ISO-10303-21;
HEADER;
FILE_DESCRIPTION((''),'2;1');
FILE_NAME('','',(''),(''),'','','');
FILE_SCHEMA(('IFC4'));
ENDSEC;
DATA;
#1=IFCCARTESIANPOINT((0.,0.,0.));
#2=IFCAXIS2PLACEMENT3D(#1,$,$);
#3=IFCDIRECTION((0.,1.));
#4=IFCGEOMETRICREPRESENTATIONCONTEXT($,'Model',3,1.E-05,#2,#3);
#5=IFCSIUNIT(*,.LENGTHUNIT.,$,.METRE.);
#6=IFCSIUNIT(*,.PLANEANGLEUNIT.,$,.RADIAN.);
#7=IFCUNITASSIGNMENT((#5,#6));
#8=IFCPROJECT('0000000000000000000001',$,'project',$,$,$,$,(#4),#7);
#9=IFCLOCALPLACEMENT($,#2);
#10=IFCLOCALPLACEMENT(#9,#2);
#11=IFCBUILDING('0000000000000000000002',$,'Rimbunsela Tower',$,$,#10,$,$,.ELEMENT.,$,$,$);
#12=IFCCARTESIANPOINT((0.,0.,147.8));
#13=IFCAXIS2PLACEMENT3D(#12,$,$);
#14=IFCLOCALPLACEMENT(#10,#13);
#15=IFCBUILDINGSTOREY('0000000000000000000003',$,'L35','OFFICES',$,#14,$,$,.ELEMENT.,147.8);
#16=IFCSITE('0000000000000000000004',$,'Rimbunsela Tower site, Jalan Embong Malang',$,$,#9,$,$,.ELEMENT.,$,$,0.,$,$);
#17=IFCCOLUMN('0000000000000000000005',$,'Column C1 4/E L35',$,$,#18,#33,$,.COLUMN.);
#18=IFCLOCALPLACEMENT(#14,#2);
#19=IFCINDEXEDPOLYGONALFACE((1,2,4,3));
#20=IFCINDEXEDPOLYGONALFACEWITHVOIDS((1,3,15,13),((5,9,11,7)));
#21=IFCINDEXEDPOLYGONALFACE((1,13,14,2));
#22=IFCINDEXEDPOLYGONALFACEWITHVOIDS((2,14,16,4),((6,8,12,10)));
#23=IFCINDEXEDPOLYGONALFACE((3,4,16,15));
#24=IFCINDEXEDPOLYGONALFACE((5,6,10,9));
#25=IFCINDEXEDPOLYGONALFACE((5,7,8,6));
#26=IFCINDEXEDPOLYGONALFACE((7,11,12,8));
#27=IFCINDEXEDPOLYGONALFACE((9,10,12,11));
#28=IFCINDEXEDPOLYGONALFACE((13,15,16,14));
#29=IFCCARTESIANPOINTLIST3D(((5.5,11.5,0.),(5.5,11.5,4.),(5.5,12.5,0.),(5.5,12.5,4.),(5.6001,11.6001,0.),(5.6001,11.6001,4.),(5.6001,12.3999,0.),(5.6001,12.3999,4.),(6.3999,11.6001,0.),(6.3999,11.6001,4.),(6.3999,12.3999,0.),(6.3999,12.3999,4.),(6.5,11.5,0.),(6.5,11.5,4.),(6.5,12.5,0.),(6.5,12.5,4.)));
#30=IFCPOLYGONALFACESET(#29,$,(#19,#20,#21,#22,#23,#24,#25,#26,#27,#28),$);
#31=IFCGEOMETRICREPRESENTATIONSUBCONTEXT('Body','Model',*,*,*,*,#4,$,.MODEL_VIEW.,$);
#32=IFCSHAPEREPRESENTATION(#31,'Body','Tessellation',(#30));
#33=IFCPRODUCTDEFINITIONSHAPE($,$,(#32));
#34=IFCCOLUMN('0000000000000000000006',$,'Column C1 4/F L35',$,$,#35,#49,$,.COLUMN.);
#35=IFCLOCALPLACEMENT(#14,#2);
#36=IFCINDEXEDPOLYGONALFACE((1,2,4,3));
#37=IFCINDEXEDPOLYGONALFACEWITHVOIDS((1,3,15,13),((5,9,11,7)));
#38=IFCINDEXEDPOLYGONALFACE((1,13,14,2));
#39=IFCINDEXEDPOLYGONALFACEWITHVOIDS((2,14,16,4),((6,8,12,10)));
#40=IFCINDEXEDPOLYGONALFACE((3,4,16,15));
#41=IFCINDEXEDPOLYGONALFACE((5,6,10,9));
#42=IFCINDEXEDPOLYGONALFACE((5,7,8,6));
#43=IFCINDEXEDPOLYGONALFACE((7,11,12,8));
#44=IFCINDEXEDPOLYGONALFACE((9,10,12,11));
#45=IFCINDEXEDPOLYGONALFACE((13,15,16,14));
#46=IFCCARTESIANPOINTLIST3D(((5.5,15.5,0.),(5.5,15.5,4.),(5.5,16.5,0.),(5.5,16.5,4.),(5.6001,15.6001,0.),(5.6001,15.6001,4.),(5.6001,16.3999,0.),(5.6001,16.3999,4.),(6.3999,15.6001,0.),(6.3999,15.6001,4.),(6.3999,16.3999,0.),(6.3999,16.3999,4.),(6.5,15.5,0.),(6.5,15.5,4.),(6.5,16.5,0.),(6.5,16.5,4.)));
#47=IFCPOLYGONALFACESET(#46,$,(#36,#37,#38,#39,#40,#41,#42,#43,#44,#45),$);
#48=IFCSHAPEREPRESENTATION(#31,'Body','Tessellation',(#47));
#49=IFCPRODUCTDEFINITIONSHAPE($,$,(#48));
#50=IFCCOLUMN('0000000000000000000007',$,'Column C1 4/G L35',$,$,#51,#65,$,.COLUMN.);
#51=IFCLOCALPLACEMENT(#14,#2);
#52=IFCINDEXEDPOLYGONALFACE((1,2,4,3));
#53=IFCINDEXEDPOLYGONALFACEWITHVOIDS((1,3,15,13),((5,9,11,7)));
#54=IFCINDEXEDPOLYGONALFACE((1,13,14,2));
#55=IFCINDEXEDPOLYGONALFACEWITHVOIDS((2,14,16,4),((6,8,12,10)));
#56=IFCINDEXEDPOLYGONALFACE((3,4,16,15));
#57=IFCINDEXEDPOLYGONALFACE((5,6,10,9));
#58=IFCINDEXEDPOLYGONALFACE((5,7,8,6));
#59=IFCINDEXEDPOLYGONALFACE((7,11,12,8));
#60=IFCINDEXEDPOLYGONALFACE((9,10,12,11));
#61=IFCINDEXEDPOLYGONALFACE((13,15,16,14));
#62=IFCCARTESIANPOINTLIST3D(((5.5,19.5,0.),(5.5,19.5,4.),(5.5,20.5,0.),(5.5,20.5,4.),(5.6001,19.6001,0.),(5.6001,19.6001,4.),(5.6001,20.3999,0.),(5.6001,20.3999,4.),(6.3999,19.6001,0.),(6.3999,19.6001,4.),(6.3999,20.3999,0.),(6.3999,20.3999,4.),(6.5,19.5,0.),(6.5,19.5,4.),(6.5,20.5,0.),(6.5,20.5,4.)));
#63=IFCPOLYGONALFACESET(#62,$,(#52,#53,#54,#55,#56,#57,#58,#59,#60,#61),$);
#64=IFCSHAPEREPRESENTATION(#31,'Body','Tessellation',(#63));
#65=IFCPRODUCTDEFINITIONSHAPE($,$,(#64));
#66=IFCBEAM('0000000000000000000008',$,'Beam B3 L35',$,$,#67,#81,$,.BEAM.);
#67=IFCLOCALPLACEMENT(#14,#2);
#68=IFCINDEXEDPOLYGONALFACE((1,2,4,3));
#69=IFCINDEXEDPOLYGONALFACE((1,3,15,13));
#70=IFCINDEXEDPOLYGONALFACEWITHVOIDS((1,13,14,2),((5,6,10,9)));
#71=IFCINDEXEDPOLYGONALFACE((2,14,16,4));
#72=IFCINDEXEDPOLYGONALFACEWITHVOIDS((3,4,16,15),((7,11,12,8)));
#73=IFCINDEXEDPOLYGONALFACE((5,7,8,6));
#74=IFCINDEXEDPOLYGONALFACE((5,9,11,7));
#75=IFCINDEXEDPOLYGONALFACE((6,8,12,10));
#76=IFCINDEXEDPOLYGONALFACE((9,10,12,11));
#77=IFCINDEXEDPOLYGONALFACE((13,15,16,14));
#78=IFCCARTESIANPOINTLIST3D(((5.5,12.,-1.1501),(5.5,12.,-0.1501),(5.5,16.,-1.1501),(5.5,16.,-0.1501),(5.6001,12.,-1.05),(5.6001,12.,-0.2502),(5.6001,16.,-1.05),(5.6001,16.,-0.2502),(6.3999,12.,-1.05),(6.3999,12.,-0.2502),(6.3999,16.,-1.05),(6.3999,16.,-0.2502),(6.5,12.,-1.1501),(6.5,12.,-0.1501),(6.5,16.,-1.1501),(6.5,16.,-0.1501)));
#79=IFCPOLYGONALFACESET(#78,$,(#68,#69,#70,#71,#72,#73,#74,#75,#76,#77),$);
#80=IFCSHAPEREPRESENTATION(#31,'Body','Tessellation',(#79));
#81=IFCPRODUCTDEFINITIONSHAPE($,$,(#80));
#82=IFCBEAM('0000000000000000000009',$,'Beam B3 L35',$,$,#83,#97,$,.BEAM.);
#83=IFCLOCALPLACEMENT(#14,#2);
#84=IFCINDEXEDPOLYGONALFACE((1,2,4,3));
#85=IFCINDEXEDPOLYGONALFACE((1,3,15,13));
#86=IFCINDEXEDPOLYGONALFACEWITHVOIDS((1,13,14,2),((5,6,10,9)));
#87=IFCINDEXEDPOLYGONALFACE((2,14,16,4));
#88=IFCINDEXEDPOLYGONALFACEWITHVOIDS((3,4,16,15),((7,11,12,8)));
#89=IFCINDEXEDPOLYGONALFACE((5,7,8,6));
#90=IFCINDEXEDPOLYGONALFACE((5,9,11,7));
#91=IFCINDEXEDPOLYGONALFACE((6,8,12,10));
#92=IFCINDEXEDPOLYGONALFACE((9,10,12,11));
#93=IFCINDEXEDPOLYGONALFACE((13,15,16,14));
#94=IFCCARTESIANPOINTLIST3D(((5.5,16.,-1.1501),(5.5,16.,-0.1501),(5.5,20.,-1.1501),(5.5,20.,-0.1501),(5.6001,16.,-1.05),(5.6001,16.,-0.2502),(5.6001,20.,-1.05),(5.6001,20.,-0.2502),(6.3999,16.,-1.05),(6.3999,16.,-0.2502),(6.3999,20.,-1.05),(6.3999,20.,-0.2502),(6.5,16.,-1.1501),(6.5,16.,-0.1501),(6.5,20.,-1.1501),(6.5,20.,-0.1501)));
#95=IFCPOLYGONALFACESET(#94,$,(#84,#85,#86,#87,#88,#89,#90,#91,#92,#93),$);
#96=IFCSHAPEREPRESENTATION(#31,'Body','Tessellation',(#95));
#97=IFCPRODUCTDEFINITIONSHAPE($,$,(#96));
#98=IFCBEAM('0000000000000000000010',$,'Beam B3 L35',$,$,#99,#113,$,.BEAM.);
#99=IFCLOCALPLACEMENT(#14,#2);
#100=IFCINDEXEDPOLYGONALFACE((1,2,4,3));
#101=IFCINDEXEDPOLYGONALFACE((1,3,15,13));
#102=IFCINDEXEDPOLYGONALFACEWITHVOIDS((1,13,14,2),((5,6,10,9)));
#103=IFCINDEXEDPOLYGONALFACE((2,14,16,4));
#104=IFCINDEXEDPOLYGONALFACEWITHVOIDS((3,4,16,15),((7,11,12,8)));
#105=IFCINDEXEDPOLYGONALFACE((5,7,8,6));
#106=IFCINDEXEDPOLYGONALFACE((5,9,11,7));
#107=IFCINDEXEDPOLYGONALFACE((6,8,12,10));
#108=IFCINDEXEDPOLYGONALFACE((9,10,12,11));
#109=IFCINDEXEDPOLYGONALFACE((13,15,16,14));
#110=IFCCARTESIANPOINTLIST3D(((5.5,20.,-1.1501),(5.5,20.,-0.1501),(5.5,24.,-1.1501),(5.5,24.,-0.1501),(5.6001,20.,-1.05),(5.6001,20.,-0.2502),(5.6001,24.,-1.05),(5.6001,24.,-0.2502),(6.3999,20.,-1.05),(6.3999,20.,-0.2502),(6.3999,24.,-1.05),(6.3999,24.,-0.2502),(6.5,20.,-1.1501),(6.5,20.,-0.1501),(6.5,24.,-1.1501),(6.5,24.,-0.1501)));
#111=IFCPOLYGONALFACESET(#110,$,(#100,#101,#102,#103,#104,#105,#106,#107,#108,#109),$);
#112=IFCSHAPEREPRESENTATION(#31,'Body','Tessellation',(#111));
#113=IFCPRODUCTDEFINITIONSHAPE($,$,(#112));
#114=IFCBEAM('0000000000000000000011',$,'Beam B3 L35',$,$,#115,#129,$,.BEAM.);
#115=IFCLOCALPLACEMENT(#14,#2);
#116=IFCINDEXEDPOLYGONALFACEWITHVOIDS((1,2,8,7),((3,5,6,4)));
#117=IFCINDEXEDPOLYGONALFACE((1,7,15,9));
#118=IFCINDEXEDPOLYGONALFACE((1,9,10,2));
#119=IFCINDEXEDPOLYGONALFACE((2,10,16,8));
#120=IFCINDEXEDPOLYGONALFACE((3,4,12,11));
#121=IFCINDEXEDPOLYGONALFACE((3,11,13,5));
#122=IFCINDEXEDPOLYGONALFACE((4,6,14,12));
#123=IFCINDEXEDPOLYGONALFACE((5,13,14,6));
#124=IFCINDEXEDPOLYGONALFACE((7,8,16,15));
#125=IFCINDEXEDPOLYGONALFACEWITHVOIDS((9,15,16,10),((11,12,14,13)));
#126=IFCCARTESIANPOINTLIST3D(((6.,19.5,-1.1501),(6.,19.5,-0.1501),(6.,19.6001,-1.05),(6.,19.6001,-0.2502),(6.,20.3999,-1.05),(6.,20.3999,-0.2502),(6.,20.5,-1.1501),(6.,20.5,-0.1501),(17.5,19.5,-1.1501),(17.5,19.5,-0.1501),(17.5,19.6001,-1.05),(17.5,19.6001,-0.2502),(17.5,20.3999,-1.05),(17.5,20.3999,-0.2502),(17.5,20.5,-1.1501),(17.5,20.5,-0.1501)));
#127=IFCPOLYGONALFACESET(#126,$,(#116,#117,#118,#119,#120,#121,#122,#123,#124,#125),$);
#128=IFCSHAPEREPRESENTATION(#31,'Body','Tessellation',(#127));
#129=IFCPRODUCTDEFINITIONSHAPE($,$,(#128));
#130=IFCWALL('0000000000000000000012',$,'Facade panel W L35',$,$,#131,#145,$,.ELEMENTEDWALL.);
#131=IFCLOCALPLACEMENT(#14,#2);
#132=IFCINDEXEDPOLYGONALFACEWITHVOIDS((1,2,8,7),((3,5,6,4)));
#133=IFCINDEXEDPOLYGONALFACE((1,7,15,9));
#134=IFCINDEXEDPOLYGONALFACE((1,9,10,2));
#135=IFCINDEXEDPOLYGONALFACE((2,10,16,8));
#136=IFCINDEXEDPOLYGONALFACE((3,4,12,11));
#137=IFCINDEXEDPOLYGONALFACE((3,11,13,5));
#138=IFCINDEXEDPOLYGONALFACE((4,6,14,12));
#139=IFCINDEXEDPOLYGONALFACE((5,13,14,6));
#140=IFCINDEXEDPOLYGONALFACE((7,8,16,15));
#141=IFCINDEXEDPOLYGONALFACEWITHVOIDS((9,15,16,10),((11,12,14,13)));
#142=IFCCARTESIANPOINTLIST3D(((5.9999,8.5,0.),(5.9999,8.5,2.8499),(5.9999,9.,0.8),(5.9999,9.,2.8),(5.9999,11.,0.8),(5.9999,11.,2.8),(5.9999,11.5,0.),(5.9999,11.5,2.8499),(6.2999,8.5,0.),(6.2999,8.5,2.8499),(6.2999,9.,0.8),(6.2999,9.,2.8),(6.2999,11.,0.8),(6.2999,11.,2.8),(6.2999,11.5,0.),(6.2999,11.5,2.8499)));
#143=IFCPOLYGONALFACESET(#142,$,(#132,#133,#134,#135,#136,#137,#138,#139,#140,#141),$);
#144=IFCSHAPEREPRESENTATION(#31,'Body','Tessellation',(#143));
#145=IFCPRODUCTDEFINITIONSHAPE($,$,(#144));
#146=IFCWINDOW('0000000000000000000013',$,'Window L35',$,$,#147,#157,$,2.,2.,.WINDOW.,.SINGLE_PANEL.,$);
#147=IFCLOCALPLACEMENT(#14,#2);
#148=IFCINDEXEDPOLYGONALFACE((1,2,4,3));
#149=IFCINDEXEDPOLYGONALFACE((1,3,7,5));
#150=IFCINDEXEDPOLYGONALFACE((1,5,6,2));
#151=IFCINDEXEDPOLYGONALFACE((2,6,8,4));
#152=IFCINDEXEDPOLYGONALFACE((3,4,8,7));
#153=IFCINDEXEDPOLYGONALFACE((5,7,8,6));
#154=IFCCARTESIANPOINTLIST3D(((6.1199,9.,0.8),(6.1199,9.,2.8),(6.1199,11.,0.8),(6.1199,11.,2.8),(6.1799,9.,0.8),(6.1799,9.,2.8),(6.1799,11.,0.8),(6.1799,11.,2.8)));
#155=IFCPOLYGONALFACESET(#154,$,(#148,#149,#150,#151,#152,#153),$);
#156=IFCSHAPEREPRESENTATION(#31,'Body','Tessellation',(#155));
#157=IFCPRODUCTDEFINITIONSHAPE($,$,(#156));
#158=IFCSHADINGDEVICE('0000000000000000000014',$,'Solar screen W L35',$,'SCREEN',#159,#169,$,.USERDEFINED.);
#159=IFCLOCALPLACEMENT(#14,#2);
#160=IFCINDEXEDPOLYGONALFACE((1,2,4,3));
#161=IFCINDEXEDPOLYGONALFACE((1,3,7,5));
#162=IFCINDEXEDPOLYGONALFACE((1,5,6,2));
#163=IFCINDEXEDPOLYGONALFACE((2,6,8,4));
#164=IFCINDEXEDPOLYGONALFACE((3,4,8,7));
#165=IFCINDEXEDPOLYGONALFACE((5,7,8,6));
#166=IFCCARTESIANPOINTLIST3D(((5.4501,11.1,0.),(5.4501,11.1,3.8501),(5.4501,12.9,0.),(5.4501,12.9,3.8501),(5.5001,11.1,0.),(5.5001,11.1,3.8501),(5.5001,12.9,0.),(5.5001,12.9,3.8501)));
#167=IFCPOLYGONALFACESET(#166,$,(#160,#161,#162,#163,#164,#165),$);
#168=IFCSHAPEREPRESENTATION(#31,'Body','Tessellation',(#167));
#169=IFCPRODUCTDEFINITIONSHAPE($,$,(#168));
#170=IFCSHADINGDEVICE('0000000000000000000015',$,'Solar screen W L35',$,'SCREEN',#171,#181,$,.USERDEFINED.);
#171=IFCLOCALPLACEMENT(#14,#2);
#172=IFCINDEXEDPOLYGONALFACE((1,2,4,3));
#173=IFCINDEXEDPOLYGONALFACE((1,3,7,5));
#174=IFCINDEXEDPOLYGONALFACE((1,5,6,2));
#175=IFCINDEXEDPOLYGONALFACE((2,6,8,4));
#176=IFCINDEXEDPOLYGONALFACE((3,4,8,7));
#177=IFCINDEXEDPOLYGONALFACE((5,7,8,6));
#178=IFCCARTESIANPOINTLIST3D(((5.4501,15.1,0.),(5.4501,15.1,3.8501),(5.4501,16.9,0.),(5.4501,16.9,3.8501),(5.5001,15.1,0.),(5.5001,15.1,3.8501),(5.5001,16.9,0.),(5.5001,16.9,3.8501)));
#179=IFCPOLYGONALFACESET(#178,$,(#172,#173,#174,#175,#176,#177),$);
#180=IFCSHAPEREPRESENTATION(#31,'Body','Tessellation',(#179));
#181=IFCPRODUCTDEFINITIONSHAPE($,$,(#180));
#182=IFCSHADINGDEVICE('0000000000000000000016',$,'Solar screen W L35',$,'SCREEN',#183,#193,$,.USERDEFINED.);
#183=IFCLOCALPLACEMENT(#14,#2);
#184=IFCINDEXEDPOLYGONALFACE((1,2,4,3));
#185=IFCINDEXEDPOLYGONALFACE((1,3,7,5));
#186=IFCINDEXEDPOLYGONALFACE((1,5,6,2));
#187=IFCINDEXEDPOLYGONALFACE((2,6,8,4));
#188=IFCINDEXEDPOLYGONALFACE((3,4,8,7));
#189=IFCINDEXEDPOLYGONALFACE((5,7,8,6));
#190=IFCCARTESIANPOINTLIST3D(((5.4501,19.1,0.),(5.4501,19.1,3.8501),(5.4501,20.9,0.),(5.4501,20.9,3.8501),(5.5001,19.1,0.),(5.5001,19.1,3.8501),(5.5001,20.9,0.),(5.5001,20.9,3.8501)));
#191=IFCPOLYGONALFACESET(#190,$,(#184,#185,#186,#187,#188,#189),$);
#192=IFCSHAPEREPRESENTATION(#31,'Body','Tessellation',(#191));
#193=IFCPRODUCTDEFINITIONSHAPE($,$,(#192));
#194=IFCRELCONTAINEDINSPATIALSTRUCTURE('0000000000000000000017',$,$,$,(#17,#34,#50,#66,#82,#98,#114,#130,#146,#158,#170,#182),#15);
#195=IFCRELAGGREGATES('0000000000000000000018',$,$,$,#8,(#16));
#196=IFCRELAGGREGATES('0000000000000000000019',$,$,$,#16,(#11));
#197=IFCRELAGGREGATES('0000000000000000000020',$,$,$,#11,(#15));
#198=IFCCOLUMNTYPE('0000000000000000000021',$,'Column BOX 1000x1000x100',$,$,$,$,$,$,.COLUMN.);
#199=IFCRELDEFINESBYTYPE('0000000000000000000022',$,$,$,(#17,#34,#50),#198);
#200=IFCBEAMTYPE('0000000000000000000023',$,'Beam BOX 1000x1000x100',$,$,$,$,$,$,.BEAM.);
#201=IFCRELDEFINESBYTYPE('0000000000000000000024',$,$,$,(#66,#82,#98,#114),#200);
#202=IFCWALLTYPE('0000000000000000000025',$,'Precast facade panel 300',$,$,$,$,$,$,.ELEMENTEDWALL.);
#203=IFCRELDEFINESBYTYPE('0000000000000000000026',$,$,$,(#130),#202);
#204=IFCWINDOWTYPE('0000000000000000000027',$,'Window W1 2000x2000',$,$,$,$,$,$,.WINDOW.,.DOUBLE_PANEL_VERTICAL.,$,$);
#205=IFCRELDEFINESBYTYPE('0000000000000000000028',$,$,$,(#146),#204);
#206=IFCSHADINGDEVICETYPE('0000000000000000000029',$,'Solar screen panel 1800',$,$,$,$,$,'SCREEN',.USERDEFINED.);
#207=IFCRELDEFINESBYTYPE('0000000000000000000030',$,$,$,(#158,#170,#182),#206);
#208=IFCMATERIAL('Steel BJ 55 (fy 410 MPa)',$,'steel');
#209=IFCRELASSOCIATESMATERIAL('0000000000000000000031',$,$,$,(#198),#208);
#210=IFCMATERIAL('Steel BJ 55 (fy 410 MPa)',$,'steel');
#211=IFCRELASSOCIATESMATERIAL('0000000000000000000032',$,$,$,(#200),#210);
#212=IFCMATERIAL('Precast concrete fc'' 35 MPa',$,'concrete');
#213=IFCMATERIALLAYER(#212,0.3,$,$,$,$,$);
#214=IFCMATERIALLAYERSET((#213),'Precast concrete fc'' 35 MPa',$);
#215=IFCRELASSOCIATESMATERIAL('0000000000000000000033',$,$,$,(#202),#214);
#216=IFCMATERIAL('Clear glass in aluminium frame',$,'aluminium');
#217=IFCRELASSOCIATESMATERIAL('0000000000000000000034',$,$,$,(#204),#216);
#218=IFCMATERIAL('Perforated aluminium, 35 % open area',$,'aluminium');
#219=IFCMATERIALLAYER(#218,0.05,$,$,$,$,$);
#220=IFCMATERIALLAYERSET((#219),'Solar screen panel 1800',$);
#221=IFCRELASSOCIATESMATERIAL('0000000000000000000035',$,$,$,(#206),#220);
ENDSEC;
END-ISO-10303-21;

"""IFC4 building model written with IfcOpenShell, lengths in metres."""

from ifc_helpers import new_model, si_unit, direction, frame, frame_2d, origin, origin_2d, place, context, subcontext, project, spatial, rectangle, hollow_rectangle, extrude, material, layer, layer_set, material_profile, profile_set, type_object, element, fill, save


model = new_model("IFC4")

# Units and contexts
model_context = context("Model", 3, precision=1e-05, world=origin(), true_north=direction((0.0, 1.0)))
body_context = subcontext(model_context, "Body", "Model", "MODEL_VIEW")
ifc_project = project(units=[si_unit("LENGTHUNIT", "METRE"), si_unit("PLANEANGLEUNIT", "RADIAN")], contexts=[model_context])

# Site, building, storey
site_placement = place(None, origin())
site = spatial("IfcSite", under=ifc_project, at=site_placement, Name="Rimbunsela Tower site, Jalan Embong Malang", CompositionType="ELEMENT", RefElevation=0.0)
building_placement = place(site_placement, origin())
building = spatial("IfcBuilding", under=site, at=building_placement, Name="Rimbunsela Tower", CompositionType="ELEMENT")
storey_placement = place(building_placement, frame((0.0, 0.0, 147.8)))
storey = spatial("IfcBuildingStorey", under=building, at=storey_placement, Name="L35", Description="OFFICES", CompositionType="ELEMENT", Elevation=147.8)

# Columns
ifc_material_1 = material(Name="Steel BJ 55 (fy 410 MPa)", Category="steel")
ifc_material_profile_1 = material_profile(ifc_material_1, hollow_rectangle(XDim=1.0, YDim=1.0, WallThickness=0.1001, at=origin_2d()), Name="BOX 1000x1000x100")
ifc_profile_set_1 = profile_set([ifc_material_profile_1], Name="Steel BJ 55 (fy 410 MPa)")
column_type = type_object("IfcColumnType", Name="Column BOX 1000x1000x100", PredefinedType="COLUMN", material=ifc_profile_set_1)
for number, where, z_axis, x_axis, name in (
    (1, (6.0, 12.0, 0.0), (0.0, 0.0, 1.0), (1.0, 0.0, 0.0), "Column C1 4/E L35"),
    (2, (6.0, 16.0, 0.0), (0.0, 0.0, 1.0), (1.0, 0.0, 0.0), "Column C1 4/F L35"),
    (3, (6.0, 20.0, 0.0), (0.0, 0.0, 1.0), (1.0, 0.0, 0.0), "Column C1 4/G L35"),
):
    element("IfcColumn", number, at=place(storey_placement, frame(where, z_axis=z_axis, x_axis=x_axis)), inside=storey, type_object=column_type, Name=name, PredefinedType="COLUMN", context=body_context, shape_type="SweptSolid", body=[
        extrude(hollow_rectangle(XDim=1.0, YDim=1.0, WallThickness=0.1001, at=origin_2d()), origin(), (0.0, 0.0, 1.0), 4.0),
    ])

# Beams
ifc_material_2 = material(Name="Steel BJ 55 (fy 410 MPa)", Category="steel")
ifc_material_profile_2 = material_profile(ifc_material_2, hollow_rectangle(XDim=1.0, YDim=1.0, WallThickness=0.1001, at=origin_2d()), Name="BOX 1000x1000x100")
ifc_profile_set_2 = profile_set([ifc_material_profile_2], Name="Steel BJ 55 (fy 410 MPa)")
beam_type = type_object("IfcBeamType", Name="Beam BOX 1000x1000x100", PredefinedType="BEAM", material=ifc_profile_set_2)
for number, where, z_axis, x_axis, name in (
    (4, (6.0, 12.0, -0.6501), (0.0, 1.0, 0.0), (-1.0, 0.0, 0.0), "Beam B3 L35"),
    (5, (6.0, 16.0, -0.6501), (0.0, 1.0, 0.0), (-1.0, 0.0, 0.0), "Beam B3 L35"),
    (6, (6.0, 20.0, -0.6501), (0.0, 1.0, 0.0), (-1.0, 0.0, 0.0), "Beam B3 L35"),
):
    element("IfcBeam", number, at=place(storey_placement, frame(where, z_axis=z_axis, x_axis=x_axis)), inside=storey, type_object=beam_type, Name=name, PredefinedType="BEAM", context=body_context, shape_type="SweptSolid", body=[
        extrude(hollow_rectangle(XDim=1.0, YDim=1.0, WallThickness=0.1001, at=origin_2d()), origin(), (0.0, 0.0, 1.0), 4.0),
    ])
beam_placement = place(storey_placement, frame((6.0, 20.0, -0.6501), z_axis=(1.0, 0.0, 0.0), x_axis=(0.0, 1.0, 0.0)))
element("IfcBeam", 7, at=beam_placement, inside=storey, type_object=beam_type, Name="Beam B3 L35", PredefinedType="BEAM", context=body_context, shape_type="SweptSolid", body=[
    extrude(hollow_rectangle(XDim=1.0, YDim=1.0, WallThickness=0.1001, at=origin_2d()), origin(), (0.0, 0.0, 1.0), 11.5),
])

# Wall, opening, window
ifc_material_3 = material(Name="Precast concrete fc' 35 MPa", Category="concrete")
ifc_layer_1 = layer(ifc_material_3, 0.3)
ifc_layer_set_1 = layer_set([ifc_layer_1], Name="Precast concrete fc' 35 MPa")
wall_type = type_object("IfcWallType", Name="Precast facade panel 300", PredefinedType="ELEMENTEDWALL", material=ifc_layer_set_1)
wall_placement = place(storey_placement, frame((6.1499, 11.5, 0.0), z_axis=(0.0, 0.0, 1.0), x_axis=(0.0, -1.0, 0.0)))
wall = element("IfcWall", 8, at=wall_placement, inside=storey, type_object=wall_type, Name="Facade panel W L35", PredefinedType="ELEMENTEDWALL", context=body_context, shape_type="SweptSolid", body=[
    extrude(rectangle(XDim=3.0, YDim=0.3, at=frame_2d((1.5, 0.0))), origin(), (0.0, 0.0, 1.0), 2.8499),
])
opening_placement = place(wall_placement, frame((0.5, 0.0, 0.8)))
opening = element("IfcOpeningElement", 9, at=opening_placement, cuts=wall, PredefinedType="OPENING", context=body_context, shape_type="SweptSolid", body=[
    extrude(rectangle(XDim=2.0, YDim=2.0, at=frame_2d((1.0, 1.0))), frame((0.0, 0.1599, 0.0), z_axis=(0.0, -1.0, 0.0), x_axis=(1.0, 0.0, 0.0)), (0.0, 0.0, 1.0), 0.3201),
])
ifc_material_4 = material(Name="Clear glass in aluminium frame", Category="aluminium")
window_type = type_object("IfcWindowType", Name="Window W1 2000x2000", PartitioningType="DOUBLE_PANEL_VERTICAL", PredefinedType="WINDOW", material=ifc_material_4)
window_placement = place(opening_placement, origin())
window = element("IfcWindow", 10, at=window_placement, inside=storey, type_object=window_type, Name="Window L35", OverallHeight=2.0, OverallWidth=2.0, PartitioningType="SINGLE_PANEL", PredefinedType="WINDOW", context=body_context, shape_type="SweptSolid", body=[
    extrude(rectangle(XDim=2.0, YDim=2.0, at=frame_2d((1.0, 1.0))), frame((0.0, 0.03, 0.0), z_axis=(0.0, -1.0, 0.0), x_axis=(1.0, 0.0, 0.0)), (0.0, 0.0, 1.0), 0.0601),
])
fill(opening, window)

# Shading devices
ifc_material_5 = material(Name="Perforated aluminium, 35 % open area", Category="aluminium")
ifc_layer_2 = layer(ifc_material_5, 0.05)
ifc_layer_set_2 = layer_set([ifc_layer_2], Name="Solar screen panel 1800")
shading_device_type = type_object("IfcShadingDeviceType", Name="Solar screen panel 1800", ElementType="SCREEN", PredefinedType="USERDEFINED", material=ifc_layer_set_2)
for number, where, z_axis, x_axis, name in (
    (11, (5.4751, 12.0, 0.0), (0.0, 0.0, 1.0), (0.0, 1.0, 0.0), "Solar screen W L35"),
    (12, (5.4751, 16.0, 0.0), (0.0, 0.0, 1.0), (0.0, 1.0, 0.0), "Solar screen W L35"),
    (13, (5.4751, 20.0, 0.0), (0.0, 0.0, 1.0), (0.0, 1.0, 0.0), "Solar screen W L35"),
):
    element("IfcShadingDevice", number, at=place(storey_placement, frame(where, z_axis=z_axis, x_axis=x_axis)), inside=storey, type_object=shading_device_type, Name=name, ObjectType="SCREEN", PredefinedType="USERDEFINED", context=body_context, shape_type="SweptSolid", body=[
        extrude(rectangle(XDim=1.8, YDim=0.05, at=origin_2d()), origin(), (0.0, 0.0, 1.0), 3.8501),
    ])

save(model, "model.ifc")
